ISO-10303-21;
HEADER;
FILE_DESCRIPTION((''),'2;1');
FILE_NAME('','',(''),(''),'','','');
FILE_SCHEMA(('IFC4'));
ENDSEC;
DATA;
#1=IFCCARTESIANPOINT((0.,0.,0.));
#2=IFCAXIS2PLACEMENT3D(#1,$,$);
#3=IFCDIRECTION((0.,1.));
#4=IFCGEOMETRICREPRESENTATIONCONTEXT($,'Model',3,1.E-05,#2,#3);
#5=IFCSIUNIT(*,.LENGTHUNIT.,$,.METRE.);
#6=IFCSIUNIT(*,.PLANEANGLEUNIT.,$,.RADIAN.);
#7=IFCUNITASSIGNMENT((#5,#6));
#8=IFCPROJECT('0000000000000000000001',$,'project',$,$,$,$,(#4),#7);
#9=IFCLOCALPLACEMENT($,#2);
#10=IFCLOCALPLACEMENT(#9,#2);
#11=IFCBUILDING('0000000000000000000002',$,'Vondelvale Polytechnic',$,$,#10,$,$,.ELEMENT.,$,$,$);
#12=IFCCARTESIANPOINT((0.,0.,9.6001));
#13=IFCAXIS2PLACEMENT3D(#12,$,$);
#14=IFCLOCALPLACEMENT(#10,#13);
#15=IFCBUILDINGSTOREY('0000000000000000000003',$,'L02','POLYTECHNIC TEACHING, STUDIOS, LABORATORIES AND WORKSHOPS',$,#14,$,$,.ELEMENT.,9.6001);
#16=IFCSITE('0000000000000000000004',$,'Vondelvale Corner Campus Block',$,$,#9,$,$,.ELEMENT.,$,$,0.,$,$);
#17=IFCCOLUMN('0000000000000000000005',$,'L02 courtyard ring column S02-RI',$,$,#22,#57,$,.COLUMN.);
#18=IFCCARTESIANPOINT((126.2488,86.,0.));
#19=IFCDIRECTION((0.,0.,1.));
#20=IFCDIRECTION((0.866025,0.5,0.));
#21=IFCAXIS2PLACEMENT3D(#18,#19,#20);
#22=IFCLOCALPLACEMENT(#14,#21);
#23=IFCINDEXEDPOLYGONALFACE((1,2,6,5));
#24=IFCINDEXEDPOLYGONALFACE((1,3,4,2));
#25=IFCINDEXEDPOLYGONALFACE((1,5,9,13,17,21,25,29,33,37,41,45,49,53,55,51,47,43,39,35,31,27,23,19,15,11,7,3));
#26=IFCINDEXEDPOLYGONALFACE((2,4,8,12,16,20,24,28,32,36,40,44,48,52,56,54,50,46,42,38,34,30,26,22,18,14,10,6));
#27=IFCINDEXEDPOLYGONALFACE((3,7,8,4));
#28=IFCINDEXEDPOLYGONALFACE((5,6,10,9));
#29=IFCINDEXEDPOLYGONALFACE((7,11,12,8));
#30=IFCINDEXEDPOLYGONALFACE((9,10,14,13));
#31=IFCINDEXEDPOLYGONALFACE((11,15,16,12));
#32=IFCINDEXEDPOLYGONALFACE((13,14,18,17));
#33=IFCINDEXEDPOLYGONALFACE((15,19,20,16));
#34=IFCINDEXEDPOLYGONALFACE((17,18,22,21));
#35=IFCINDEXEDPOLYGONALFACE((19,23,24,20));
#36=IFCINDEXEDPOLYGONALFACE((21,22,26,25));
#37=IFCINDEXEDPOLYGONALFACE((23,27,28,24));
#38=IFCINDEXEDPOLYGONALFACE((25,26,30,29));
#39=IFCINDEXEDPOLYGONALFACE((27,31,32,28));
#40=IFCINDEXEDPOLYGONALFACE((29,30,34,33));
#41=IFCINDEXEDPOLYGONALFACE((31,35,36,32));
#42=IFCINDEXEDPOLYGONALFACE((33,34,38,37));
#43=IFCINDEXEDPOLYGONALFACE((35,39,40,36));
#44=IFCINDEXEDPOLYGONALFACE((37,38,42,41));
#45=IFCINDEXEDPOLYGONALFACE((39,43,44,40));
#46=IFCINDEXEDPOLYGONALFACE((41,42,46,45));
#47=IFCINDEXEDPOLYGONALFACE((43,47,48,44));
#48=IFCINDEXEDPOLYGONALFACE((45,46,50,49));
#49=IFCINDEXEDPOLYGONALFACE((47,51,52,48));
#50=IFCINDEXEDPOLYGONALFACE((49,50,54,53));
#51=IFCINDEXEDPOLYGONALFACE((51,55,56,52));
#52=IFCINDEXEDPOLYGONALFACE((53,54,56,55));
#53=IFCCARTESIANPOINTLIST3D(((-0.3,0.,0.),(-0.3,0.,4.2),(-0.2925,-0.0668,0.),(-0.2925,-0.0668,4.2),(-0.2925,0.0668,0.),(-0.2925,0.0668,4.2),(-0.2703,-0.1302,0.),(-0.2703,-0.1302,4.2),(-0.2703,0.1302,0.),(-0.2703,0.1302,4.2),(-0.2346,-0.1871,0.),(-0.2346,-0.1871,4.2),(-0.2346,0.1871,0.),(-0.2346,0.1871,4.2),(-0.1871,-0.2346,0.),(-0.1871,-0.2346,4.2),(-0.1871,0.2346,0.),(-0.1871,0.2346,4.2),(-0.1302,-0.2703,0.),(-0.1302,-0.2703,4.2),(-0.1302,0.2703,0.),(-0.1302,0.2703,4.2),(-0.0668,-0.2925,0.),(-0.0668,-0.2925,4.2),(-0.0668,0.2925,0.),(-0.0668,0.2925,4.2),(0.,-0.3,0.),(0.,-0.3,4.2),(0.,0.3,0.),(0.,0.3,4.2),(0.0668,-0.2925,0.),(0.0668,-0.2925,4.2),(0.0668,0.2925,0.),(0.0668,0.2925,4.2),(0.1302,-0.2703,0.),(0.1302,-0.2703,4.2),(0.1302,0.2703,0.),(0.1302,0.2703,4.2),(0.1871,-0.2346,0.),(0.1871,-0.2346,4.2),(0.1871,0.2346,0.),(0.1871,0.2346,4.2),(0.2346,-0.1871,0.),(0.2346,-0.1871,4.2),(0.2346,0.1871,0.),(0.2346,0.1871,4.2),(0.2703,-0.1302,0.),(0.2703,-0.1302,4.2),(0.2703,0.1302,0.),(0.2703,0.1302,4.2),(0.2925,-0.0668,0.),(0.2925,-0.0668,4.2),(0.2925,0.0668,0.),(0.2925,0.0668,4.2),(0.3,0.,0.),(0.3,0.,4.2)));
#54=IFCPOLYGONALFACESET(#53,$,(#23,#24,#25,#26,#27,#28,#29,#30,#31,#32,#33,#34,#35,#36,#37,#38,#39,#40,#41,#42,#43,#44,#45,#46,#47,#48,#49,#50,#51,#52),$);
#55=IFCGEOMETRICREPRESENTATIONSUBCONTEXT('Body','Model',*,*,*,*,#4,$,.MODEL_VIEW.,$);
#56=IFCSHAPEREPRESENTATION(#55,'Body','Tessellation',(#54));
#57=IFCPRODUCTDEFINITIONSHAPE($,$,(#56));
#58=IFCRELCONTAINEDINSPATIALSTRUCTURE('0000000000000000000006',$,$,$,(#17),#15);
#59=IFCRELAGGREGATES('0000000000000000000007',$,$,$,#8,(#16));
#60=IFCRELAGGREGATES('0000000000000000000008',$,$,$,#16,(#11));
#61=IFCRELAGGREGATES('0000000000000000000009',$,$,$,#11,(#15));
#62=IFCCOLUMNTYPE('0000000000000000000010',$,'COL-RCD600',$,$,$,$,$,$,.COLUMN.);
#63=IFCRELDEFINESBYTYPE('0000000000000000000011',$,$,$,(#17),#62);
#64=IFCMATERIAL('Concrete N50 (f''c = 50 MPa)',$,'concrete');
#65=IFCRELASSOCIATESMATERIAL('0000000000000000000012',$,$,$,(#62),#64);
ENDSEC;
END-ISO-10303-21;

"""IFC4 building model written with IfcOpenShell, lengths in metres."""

from ifc_helpers import new_model, si_unit, direction, frame, origin, origin_2d, place, context, subcontext, project, spatial, circle, extrude, material, material_profile, profile_set, type_object, element, save


model = new_model("IFC4")

# Units and contexts
model_context = context("Model", 3, precision=1e-05, world=origin(), true_north=direction((0.0, 1.0)))
body_context = subcontext(model_context, "Body", "Model", "MODEL_VIEW")
ifc_project = project(units=[si_unit("LENGTHUNIT", "METRE"), si_unit("PLANEANGLEUNIT", "RADIAN")], contexts=[model_context])

# Site, building, storey
site_placement = place(None, origin())
site = spatial("IfcSite", under=ifc_project, at=site_placement, Name="Vondelvale Corner Campus Block", CompositionType="ELEMENT", RefElevation=0.0)
building_placement = place(site_placement, origin())
building = spatial("IfcBuilding", under=site, at=building_placement, Name="Vondelvale Polytechnic", CompositionType="ELEMENT")
storey_placement = place(building_placement, frame((0.0, 0.0, 9.6001)))
storey = spatial("IfcBuildingStorey", under=building, at=storey_placement, Name="L02", Description="POLYTECHNIC TEACHING, STUDIOS, LABORATORIES AND WORKSHOPS", CompositionType="ELEMENT", Elevation=9.6001)

# Column
ifc_material_1 = material(Name="Concrete N50 (f'c = 50 MPa)", Category="concrete")
ifc_material_profile_1 = material_profile(ifc_material_1, circle(Radius=0.3, at=origin_2d()), Name="RC-COL-D600")
ifc_profile_set_1 = profile_set([ifc_material_profile_1], Name="Concrete N50 (f'c = 50 MPa)")
column_type = type_object("IfcColumnType", Name="COL-RCD600", PredefinedType="COLUMN", material=ifc_profile_set_1)
column_placement = place(storey_placement, frame((126.2488, 86.0, 0.0), z_axis=(0.0, 0.0, 1.0), x_axis=(0.866025, 0.5, 0.0)))
element("IfcColumn", 1, at=column_placement, inside=storey, type_object=column_type, Name="L02 courtyard ring column S02-RI", PredefinedType="COLUMN", context=body_context, shape_type="SweptSolid", body=[
    extrude(circle(Radius=0.3, at=origin_2d()), origin(), (0.0, 0.0, 1.0), 4.2),
])

save(model, "model.ifc")
